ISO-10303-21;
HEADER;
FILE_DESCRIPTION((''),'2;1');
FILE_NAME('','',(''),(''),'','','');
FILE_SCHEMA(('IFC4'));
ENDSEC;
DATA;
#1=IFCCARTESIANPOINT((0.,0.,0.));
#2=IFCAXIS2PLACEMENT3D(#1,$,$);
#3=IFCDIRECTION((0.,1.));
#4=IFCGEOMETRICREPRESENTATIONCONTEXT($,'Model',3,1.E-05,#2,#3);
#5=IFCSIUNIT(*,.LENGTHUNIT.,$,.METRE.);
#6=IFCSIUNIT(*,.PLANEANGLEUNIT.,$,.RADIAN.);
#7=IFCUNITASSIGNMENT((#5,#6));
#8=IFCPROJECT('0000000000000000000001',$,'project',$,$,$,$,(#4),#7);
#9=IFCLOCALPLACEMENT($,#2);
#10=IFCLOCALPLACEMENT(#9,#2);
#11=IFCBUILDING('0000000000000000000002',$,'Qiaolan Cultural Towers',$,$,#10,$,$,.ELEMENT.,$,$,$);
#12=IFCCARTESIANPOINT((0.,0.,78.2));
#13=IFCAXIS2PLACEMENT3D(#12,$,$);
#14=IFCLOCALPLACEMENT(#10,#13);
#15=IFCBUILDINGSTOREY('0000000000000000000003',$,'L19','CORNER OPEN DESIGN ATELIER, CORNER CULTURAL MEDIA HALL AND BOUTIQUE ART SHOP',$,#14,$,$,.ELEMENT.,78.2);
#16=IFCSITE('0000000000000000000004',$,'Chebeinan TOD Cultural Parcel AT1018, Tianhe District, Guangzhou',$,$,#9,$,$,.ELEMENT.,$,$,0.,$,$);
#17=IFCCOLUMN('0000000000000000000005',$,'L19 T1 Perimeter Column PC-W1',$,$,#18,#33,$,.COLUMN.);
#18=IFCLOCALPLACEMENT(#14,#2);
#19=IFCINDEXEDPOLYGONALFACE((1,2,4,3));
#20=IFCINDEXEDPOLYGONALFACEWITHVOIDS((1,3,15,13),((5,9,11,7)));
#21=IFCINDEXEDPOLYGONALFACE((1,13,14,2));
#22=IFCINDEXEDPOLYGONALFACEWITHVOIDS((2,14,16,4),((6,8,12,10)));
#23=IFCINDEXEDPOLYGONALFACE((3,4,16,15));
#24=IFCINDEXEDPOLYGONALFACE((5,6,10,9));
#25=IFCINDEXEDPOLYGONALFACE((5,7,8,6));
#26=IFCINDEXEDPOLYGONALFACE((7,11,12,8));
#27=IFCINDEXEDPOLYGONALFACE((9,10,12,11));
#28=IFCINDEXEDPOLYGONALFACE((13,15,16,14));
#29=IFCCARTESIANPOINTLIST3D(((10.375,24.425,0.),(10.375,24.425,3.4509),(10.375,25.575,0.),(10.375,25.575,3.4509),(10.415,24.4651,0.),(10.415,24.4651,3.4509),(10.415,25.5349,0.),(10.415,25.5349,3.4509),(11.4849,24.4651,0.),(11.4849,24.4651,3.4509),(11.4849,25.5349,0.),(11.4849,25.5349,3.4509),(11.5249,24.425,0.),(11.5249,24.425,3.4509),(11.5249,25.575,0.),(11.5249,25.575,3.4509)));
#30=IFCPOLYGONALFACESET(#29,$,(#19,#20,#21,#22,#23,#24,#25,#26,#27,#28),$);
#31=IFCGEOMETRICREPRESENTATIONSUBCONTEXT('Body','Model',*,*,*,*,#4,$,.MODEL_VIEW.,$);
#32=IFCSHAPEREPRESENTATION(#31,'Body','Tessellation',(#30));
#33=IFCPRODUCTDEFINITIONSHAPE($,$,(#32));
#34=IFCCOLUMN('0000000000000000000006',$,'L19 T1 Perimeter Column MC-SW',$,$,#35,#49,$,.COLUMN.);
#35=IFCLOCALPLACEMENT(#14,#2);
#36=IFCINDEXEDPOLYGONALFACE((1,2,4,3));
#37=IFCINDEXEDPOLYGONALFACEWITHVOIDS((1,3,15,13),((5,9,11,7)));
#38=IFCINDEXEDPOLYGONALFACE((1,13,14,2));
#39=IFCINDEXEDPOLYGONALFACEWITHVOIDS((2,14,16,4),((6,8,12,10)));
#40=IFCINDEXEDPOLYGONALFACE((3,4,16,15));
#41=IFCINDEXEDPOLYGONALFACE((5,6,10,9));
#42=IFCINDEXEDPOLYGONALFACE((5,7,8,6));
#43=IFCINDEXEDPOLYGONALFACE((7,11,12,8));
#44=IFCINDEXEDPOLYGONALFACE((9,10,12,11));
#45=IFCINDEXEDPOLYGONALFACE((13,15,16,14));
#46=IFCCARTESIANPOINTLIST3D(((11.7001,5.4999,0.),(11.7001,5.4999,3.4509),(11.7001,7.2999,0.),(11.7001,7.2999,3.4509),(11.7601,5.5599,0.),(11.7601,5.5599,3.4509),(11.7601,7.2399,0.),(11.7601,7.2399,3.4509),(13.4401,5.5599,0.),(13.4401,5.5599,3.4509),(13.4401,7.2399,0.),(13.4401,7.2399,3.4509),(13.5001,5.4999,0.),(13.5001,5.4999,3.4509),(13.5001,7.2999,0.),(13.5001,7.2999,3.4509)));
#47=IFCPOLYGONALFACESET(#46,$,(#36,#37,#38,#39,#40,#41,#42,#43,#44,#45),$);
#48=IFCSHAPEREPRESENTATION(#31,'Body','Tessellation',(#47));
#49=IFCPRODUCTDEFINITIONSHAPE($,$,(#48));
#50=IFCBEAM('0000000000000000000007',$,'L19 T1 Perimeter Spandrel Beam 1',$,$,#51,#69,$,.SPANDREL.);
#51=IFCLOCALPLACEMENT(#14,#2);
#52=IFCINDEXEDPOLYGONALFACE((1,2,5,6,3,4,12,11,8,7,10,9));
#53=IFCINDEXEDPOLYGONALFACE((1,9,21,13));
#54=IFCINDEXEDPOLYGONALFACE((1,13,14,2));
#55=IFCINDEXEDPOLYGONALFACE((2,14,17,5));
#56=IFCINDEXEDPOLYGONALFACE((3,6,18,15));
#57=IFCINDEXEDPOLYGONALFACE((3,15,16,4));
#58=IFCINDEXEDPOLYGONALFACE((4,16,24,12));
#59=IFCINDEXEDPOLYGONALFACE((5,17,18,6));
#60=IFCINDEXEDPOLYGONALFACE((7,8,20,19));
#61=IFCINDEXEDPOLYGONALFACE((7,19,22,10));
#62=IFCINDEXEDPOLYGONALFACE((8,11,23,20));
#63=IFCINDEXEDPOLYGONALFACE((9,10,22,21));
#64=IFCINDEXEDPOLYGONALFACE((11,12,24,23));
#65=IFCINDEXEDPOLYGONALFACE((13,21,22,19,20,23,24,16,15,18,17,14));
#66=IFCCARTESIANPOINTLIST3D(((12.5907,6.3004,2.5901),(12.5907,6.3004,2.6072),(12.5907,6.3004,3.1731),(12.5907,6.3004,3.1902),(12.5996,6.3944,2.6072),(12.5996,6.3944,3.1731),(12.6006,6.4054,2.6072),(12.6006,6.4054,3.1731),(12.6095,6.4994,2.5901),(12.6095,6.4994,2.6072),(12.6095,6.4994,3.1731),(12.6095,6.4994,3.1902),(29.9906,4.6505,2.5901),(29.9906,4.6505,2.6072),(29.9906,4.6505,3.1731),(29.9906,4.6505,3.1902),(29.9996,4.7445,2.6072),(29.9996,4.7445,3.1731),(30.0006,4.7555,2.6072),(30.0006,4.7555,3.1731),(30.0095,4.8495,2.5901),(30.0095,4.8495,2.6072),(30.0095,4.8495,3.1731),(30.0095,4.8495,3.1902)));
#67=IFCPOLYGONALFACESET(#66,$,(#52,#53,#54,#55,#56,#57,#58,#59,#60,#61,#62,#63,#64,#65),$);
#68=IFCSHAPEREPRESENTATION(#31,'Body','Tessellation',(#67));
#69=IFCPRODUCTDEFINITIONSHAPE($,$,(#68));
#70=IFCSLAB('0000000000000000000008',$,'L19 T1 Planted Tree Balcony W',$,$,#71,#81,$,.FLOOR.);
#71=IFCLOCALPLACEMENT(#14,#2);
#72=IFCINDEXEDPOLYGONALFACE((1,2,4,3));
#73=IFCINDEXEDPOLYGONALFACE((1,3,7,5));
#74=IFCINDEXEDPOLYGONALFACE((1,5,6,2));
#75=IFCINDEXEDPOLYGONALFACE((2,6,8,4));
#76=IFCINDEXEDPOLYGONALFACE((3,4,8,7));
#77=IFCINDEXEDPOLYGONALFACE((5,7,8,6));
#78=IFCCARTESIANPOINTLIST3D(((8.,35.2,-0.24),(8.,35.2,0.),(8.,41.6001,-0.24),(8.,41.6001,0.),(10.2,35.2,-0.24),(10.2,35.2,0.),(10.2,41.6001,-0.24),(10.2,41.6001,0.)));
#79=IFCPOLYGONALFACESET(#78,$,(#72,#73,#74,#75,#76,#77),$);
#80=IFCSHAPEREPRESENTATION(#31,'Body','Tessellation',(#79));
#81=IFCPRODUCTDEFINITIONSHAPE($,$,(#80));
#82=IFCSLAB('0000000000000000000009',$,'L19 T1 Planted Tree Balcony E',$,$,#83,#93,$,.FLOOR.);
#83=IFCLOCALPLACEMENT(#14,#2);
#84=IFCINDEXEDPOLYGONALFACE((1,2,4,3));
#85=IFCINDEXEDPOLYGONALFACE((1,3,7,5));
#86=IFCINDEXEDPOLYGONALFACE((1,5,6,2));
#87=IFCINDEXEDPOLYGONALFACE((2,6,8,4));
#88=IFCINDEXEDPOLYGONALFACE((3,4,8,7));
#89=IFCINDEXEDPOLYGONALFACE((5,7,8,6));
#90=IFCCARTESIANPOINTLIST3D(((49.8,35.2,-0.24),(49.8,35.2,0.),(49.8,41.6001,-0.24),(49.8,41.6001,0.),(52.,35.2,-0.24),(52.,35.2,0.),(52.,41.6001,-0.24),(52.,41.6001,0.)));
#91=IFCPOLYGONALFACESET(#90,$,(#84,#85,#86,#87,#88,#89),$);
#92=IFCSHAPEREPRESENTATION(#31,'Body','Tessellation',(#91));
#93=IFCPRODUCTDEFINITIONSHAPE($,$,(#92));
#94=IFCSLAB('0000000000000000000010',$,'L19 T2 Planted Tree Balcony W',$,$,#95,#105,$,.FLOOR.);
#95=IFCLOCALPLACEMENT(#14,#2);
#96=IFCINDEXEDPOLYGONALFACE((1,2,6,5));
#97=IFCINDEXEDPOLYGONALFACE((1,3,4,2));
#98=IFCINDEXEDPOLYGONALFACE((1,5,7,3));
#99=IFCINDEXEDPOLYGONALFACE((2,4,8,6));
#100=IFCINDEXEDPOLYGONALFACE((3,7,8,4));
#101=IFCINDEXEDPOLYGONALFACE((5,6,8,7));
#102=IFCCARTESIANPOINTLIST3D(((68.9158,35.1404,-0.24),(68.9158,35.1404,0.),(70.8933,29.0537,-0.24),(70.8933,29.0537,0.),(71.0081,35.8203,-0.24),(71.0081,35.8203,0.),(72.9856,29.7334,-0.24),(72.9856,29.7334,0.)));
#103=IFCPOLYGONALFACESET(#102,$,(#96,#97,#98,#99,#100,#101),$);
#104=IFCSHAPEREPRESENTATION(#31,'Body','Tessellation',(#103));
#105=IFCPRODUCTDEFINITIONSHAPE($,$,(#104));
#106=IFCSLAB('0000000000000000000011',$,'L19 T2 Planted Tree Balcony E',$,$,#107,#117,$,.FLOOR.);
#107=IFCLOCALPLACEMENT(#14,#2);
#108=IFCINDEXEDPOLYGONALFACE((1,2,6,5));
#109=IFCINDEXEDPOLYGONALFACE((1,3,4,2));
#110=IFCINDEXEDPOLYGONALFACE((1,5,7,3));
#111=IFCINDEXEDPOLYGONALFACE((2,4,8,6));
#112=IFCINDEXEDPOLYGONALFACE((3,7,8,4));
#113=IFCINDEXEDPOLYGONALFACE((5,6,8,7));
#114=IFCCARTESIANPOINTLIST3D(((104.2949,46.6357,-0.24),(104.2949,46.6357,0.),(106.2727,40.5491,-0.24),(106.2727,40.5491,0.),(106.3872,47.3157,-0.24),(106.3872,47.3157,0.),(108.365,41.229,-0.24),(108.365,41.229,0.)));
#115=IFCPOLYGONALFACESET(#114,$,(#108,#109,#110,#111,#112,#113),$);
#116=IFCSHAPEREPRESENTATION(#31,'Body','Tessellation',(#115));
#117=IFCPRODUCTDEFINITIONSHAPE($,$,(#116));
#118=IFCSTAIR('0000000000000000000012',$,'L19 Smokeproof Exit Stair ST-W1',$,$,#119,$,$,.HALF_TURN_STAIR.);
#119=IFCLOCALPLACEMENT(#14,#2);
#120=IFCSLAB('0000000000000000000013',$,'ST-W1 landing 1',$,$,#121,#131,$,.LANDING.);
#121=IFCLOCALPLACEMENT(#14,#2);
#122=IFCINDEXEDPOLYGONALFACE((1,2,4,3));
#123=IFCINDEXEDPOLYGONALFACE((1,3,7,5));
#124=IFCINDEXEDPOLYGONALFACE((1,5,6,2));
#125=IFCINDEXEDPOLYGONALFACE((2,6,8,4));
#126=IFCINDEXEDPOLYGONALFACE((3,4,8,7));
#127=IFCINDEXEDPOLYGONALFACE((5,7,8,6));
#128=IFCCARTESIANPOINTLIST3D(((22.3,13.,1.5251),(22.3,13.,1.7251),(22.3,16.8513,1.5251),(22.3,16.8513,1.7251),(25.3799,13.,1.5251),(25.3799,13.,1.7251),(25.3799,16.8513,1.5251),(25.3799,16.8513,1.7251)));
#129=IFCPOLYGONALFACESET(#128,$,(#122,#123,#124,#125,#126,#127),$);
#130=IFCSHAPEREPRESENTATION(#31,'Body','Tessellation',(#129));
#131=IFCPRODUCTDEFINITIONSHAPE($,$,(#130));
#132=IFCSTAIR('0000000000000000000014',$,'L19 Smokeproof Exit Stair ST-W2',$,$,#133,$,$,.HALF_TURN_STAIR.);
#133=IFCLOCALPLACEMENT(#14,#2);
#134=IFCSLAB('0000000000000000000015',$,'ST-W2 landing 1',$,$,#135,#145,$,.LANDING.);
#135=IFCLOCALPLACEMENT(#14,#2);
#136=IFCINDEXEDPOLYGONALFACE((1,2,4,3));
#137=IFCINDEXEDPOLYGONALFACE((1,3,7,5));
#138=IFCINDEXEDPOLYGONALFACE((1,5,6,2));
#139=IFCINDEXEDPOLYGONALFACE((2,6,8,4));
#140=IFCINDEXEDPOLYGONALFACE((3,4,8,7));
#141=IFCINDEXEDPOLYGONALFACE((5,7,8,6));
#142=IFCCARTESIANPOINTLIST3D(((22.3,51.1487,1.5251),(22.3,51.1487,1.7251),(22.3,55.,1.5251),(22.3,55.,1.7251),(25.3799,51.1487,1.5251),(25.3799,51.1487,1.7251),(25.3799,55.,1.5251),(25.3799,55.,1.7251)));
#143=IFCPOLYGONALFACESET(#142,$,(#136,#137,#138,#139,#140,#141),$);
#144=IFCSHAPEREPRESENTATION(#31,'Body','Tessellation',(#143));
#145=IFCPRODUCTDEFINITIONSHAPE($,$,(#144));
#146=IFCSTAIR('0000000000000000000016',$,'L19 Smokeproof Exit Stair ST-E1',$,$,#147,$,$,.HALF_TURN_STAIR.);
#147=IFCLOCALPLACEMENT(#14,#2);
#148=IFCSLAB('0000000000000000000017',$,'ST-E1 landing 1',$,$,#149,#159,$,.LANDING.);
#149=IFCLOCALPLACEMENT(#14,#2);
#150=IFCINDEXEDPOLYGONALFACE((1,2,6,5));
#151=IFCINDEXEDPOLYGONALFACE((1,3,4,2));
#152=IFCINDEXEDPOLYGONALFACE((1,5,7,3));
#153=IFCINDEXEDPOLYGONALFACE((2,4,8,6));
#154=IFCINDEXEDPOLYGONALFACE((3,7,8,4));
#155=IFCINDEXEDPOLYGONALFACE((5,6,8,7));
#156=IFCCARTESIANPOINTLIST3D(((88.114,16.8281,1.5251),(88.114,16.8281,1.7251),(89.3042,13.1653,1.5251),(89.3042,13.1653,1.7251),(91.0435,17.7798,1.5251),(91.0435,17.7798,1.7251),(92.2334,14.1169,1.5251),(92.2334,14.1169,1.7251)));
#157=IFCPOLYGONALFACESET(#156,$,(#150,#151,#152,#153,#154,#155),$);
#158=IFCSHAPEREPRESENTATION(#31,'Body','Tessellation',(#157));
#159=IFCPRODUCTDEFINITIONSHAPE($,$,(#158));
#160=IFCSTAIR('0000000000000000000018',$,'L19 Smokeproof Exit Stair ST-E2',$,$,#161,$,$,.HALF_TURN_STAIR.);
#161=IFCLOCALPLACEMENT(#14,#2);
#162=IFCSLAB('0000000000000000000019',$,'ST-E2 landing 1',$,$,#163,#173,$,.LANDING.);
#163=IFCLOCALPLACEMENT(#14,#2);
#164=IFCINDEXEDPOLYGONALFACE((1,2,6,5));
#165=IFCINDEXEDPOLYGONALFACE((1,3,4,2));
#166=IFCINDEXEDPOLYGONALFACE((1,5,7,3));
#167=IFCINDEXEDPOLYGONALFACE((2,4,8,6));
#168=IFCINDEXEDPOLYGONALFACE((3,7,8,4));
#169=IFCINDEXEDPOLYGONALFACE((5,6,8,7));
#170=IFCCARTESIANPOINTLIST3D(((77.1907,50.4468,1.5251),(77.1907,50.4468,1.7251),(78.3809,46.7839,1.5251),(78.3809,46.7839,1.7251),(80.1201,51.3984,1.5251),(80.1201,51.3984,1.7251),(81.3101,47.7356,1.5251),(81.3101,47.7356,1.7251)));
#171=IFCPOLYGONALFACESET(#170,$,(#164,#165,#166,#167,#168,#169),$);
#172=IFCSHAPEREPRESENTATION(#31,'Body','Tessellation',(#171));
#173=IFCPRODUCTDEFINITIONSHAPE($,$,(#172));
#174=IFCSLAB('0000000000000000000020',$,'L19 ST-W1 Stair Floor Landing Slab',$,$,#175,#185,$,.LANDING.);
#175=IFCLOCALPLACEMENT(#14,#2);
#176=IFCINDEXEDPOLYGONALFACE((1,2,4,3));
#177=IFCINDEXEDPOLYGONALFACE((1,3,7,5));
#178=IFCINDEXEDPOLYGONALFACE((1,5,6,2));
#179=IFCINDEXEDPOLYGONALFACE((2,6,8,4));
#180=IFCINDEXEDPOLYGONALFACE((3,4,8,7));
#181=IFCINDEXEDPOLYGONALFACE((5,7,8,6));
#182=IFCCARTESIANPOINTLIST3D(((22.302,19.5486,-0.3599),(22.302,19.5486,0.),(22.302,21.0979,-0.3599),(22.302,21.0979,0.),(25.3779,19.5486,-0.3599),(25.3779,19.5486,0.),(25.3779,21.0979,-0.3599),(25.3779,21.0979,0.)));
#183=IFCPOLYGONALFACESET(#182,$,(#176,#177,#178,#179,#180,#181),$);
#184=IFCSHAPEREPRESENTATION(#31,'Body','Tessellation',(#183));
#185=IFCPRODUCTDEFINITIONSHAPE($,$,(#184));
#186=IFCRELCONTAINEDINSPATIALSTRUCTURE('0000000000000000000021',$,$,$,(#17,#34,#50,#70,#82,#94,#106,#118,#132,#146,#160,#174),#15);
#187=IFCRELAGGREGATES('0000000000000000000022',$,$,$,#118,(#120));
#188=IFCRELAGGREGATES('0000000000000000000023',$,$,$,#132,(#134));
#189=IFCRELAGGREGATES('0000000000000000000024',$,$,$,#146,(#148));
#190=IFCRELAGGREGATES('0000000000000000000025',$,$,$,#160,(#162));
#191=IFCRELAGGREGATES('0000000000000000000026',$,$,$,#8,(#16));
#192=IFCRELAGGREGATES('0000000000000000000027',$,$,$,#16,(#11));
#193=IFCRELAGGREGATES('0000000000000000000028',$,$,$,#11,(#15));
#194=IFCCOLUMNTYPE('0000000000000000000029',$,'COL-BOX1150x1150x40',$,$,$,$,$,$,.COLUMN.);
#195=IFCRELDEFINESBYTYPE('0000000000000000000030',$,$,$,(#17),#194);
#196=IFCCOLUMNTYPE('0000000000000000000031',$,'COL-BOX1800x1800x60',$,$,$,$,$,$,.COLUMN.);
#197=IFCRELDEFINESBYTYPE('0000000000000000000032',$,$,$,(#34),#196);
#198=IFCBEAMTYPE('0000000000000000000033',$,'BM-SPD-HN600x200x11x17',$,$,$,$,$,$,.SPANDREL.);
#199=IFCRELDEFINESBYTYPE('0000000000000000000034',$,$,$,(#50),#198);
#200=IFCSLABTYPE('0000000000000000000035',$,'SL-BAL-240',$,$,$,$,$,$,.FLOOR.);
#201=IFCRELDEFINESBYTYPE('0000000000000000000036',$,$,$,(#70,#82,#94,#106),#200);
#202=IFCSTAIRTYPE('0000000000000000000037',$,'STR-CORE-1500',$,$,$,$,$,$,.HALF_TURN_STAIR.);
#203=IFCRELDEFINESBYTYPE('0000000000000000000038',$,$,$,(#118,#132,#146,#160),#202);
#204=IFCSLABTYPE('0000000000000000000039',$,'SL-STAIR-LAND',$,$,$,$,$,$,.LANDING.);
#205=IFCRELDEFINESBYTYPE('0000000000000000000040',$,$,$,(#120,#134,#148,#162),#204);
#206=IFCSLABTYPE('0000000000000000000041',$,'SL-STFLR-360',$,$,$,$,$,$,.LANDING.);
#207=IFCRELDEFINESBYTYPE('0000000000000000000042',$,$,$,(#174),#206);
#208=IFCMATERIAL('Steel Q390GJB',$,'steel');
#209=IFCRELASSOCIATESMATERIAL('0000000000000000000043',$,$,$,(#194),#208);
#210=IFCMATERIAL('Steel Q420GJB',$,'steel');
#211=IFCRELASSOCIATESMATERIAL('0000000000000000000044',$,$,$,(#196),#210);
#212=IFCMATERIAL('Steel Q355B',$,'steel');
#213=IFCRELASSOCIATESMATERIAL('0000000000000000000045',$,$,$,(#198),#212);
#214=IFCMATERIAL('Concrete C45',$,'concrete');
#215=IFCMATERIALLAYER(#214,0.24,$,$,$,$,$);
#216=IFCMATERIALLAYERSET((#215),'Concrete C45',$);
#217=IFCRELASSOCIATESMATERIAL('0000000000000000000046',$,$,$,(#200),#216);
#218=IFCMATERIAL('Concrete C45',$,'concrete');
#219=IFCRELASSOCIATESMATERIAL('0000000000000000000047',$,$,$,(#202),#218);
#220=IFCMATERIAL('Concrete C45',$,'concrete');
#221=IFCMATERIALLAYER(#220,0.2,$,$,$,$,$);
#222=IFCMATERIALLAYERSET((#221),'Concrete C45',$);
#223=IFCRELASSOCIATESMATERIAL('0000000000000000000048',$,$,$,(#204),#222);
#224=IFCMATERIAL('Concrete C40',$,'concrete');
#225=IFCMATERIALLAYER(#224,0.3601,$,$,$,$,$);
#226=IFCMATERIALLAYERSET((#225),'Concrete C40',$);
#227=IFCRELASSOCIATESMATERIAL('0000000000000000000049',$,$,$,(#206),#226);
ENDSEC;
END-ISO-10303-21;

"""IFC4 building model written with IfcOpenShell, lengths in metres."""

from ifc_helpers import new_model, si_unit, direction, frame, origin, origin_2d, place, context, subcontext, project, spatial, polyline, hollow_rectangle, i_section, outline, extrude, material, layer, layer_set, material_profile, profile_set, type_object, element, aggregate, save


model = new_model("IFC4")

# Units and contexts
model_context = context("Model", 3, precision=1e-05, world=origin(), true_north=direction((0.0, 1.0)))
body_context = subcontext(model_context, "Body", "Model", "MODEL_VIEW")
ifc_project = project(units=[si_unit("LENGTHUNIT", "METRE"), si_unit("PLANEANGLEUNIT", "RADIAN")], contexts=[model_context])

# Site, building, storey
site_placement = place(None, origin())
site = spatial("IfcSite", under=ifc_project, at=site_placement, Name="Chebeinan TOD Cultural Parcel AT1018, Tianhe District, Guangzhou", CompositionType="ELEMENT", RefElevation=0.0)
building_placement = place(site_placement, origin())
building = spatial("IfcBuilding", under=site, at=building_placement, Name="Qiaolan Cultural Towers", CompositionType="ELEMENT")
storey_placement = place(building_placement, frame((0.0, 0.0, 78.2)))
storey = spatial("IfcBuildingStorey", under=building, at=storey_placement, Name="L19", Description="CORNER OPEN DESIGN ATELIER, CORNER CULTURAL MEDIA HALL AND BOUTIQUE ART SHOP", CompositionType="ELEMENT", Elevation=78.2)

# Columns
ifc_material_1 = material(Name="Steel Q390GJB", Category="steel")
ifc_material_profile_1 = material_profile(ifc_material_1, hollow_rectangle(XDim=1.1499, YDim=1.1499, WallThickness=0.04, at=origin_2d()), Name="BOX1150x1150x40")
ifc_profile_set_1 = profile_set([ifc_material_profile_1], Name="Steel Q390GJB")
column_type_1 = type_object("IfcColumnType", Name="COL-BOX1150x1150x40", PredefinedType="COLUMN", material=ifc_profile_set_1)
column_1_placement = place(storey_placement, frame((10.95, 25.0, 0.0), z_axis=(0.0, 0.0, 1.0), x_axis=(1.0, 0.0, 0.0)))
element("IfcColumn", 1, at=column_1_placement, inside=storey, type_object=column_type_1, Name="L19 T1 Perimeter Column PC-W1", PredefinedType="COLUMN", context=body_context, shape_type="SweptSolid", body=[
    extrude(hollow_rectangle(XDim=1.1499, YDim=1.1499, WallThickness=0.04, at=origin_2d()), origin(), (0.0, 0.0, 1.0), 3.4509),
])
ifc_material_2 = material(Name="Steel Q420GJB", Category="steel")
ifc_material_profile_2 = material_profile(ifc_material_2, hollow_rectangle(XDim=1.8, YDim=1.8, WallThickness=0.0601, at=origin_2d()), Name="BOX1800x1800x60")
ifc_profile_set_2 = profile_set([ifc_material_profile_2], Name="Steel Q420GJB")
column_type_2 = type_object("IfcColumnType", Name="COL-BOX1800x1800x60", PredefinedType="COLUMN", material=ifc_profile_set_2)
column_2_placement = place(storey_placement, frame((12.6001, 6.3999, 0.0), z_axis=(0.0, 0.0, 1.0), x_axis=(1.0, 0.0, 0.0)))
element("IfcColumn", 2, at=column_2_placement, inside=storey, type_object=column_type_2, Name="L19 T1 Perimeter Column MC-SW", PredefinedType="COLUMN", context=body_context, shape_type="SweptSolid", body=[
    extrude(hollow_rectangle(XDim=1.8, YDim=1.8, WallThickness=0.0601, at=origin_2d()), origin(), (0.0, 0.0, 1.0), 3.4509),
])

# Beam
ifc_material_3 = material(Name="Steel Q355B", Category="steel")
ifc_material_profile_3 = material_profile(ifc_material_3, i_section(OverallWidth=0.2, OverallDepth=0.6001, WebThickness=0.011, FlangeThickness=0.0171, at=origin_2d()), Name="HN600x200x11x17")
ifc_profile_set_3 = profile_set([ifc_material_profile_3], Name="Steel Q355B")
beam_type = type_object("IfcBeamType", Name="BM-SPD-HN600x200x11x17", PredefinedType="SPANDREL", material=ifc_profile_set_3)
beam_placement = place(storey_placement, frame((12.6001, 6.3999, 2.8901), z_axis=(0.995534, -0.094399, 0.0), x_axis=(0.094399, 0.995534, 0.0)))
element("IfcBeam", 3, at=beam_placement, inside=storey, type_object=beam_type, Name="L19 T1 Perimeter Spandrel Beam 1", PredefinedType="SPANDREL", context=body_context, shape_type="SweptSolid", body=[
    extrude(i_section(OverallWidth=0.2, OverallDepth=0.6001, WebThickness=0.011, FlangeThickness=0.0171, at=origin_2d()), origin(), (0.0, 0.0, 1.0), 17.478),
])

# Slabs
ifc_material_4 = material(Name="Concrete C45", Category="concrete")
ifc_layer_1 = layer(ifc_material_4, 0.24)
ifc_layer_set_1 = layer_set([ifc_layer_1], Name="Concrete C45")
slab_type_1 = type_object("IfcSlabType", Name="SL-BAL-240", PredefinedType="FLOOR", material=ifc_layer_set_1)
slab_1_placement = place(storey_placement, frame((0.0, 0.0, -0.24)))
element("IfcSlab", 4, at=slab_1_placement, inside=storey, type_object=slab_type_1, Name="L19 T1 Planted Tree Balcony W", PredefinedType="FLOOR", context=body_context, shape_type="SweptSolid", body=[
    extrude(outline(polyline([(8.0, 35.2), (10.2, 35.2), (10.2, 41.6001), (8.0, 41.6001), (8.0, 35.2)])), origin(), (0.0, 0.0, 1.0), 0.24),
])
slab_2_placement = place(storey_placement, frame((0.0, 0.0, -0.24)))
element("IfcSlab", 5, at=slab_2_placement, inside=storey, type_object=slab_type_1, Name="L19 T1 Planted Tree Balcony E", PredefinedType="FLOOR", context=body_context, shape_type="SweptSolid", body=[
    extrude(outline(polyline([(49.8, 35.2), (52.0, 35.2), (52.0, 41.6001), (49.8, 41.6001), (49.8, 35.2)])), origin(), (0.0, 0.0, 1.0), 0.24),
])
slab_3_placement = place(storey_placement, frame((0.0, 0.0, -0.24)))
element("IfcSlab", 6, at=slab_3_placement, inside=storey, type_object=slab_type_1, Name="L19 T2 Planted Tree Balcony W", PredefinedType="FLOOR", context=body_context, shape_type="SweptSolid", body=[
    extrude(outline(polyline([(70.8933, 29.0537), (72.9856, 29.7334), (71.0081, 35.8203), (68.9158, 35.1404), (70.8933, 29.0537)])), origin(), (0.0, 0.0, 1.0), 0.24),
])
slab_4_placement = place(storey_placement, frame((0.0, 0.0, -0.24)))
element("IfcSlab", 7, at=slab_4_placement, inside=storey, type_object=slab_type_1, Name="L19 T2 Planted Tree Balcony E", PredefinedType="FLOOR", context=body_context, shape_type="SweptSolid", body=[
    extrude(outline(polyline([(106.2727, 40.5491), (108.365, 41.229), (106.3872, 47.3157), (104.2949, 46.6357), (106.2727, 40.5491)])), origin(), (0.0, 0.0, 1.0), 0.24),
])

# Stairs, slabs
ifc_material_5 = material(Name="Concrete C45", Category="concrete")
stair_type = type_object("IfcStairType", Name="STR-CORE-1500", PredefinedType="HALF_TURN_STAIR", material=ifc_material_5)
stair_1_placement = place(storey_placement, origin())
stair_1 = element("IfcStair", 8, at=stair_1_placement, inside=storey, type_object=stair_type, Name="L19 Smokeproof Exit Stair ST-W1", PredefinedType="HALF_TURN_STAIR")
ifc_material_6 = material(Name="Concrete C45", Category="concrete")
ifc_layer_2 = layer(ifc_material_6, 0.2)
ifc_layer_set_2 = layer_set([ifc_layer_2], Name="Concrete C45")
slab_type_2 = type_object("IfcSlabType", Name="SL-STAIR-LAND", PredefinedType="LANDING", material=ifc_layer_set_2)
slab_5_placement = place(storey_placement, frame((0.0, 0.0, 1.5251)))
slab_5 = element("IfcSlab", 9, at=slab_5_placement, type_object=slab_type_2, Name="ST-W1 landing 1", PredefinedType="LANDING", context=body_context, shape_type="SweptSolid", body=[
    extrude(outline(polyline([(22.3, 16.8513), (22.3, 13.0), (25.3799, 13.0), (25.3799, 16.8513), (22.3, 16.8513)])), origin(), (0.0, 0.0, 1.0), 0.2),
])
aggregate(stair_1, [slab_5])
stair_2_placement = place(storey_placement, origin())
stair_2 = element("IfcStair", 10, at=stair_2_placement, inside=storey, type_object=stair_type, Name="L19 Smokeproof Exit Stair ST-W2", PredefinedType="HALF_TURN_STAIR")
slab_6_placement = place(storey_placement, frame((0.0, 0.0, 1.5251)))
slab_6 = element("IfcSlab", 11, at=slab_6_placement, type_object=slab_type_2, Name="ST-W2 landing 1", PredefinedType="LANDING", context=body_context, shape_type="SweptSolid", body=[
    extrude(outline(polyline([(25.3799, 51.1487), (25.3799, 55.0), (22.3, 55.0), (22.3, 51.1487), (25.3799, 51.1487)])), origin(), (0.0, 0.0, 1.0), 0.2),
])
aggregate(stair_2, [slab_6])
stair_3_placement = place(storey_placement, origin())
stair_3 = element("IfcStair", 12, at=stair_3_placement, inside=storey, type_object=stair_type, Name="L19 Smokeproof Exit Stair ST-E1", PredefinedType="HALF_TURN_STAIR")
slab_7_placement = place(storey_placement, frame((0.0, 0.0, 1.5251)))
slab_7 = element("IfcSlab", 13, at=slab_7_placement, type_object=slab_type_2, Name="ST-E1 landing 1", PredefinedType="LANDING", context=body_context, shape_type="SweptSolid", body=[
    extrude(outline(polyline([(88.114, 16.8281), (89.3042, 13.1653), (92.2334, 14.1169), (91.0435, 17.7798), (88.114, 16.8281)])), origin(), (0.0, 0.0, 1.0), 0.2),
])
aggregate(stair_3, [slab_7])
stair_4_placement = place(storey_placement, origin())
stair_4 = element("IfcStair", 14, at=stair_4_placement, inside=storey, type_object=stair_type, Name="L19 Smokeproof Exit Stair ST-E2", PredefinedType="HALF_TURN_STAIR")
slab_8_placement = place(storey_placement, frame((0.0, 0.0, 1.5251)))
slab_8 = element("IfcSlab", 15, at=slab_8_placement, type_object=slab_type_2, Name="ST-E2 landing 1", PredefinedType="LANDING", context=body_context, shape_type="SweptSolid", body=[
    extrude(outline(polyline([(81.3101, 47.7356), (80.1201, 51.3984), (77.1907, 50.4468), (78.3809, 46.7839), (81.3101, 47.7356)])), origin(), (0.0, 0.0, 1.0), 0.2),
])
aggregate(stair_4, [slab_8])

# Slab
ifc_material_7 = material(Name="Concrete C40", Category="concrete")
ifc_layer_3 = layer(ifc_material_7, 0.3601)
ifc_layer_set_3 = layer_set([ifc_layer_3], Name="Concrete C40")
slab_type_3 = type_object("IfcSlabType", Name="SL-STFLR-360", PredefinedType="LANDING", material=ifc_layer_set_3)
slab_9_placement = place(storey_placement, frame((0.0, 0.0, -0.3599)))
element("IfcSlab", 16, at=slab_9_placement, inside=storey, type_object=slab_type_3, Name="L19 ST-W1 Stair Floor Landing Slab", PredefinedType="LANDING", context=body_context, shape_type="SweptSolid", body=[
    extrude(outline(polyline([(22.302, 21.0979), (22.302, 19.5486), (25.3779, 19.5486), (25.3779, 21.0979), (22.302, 21.0979)])), origin(), (0.0, 0.0, 1.0), 0.3599),
])

save(model, "model.ifc")
